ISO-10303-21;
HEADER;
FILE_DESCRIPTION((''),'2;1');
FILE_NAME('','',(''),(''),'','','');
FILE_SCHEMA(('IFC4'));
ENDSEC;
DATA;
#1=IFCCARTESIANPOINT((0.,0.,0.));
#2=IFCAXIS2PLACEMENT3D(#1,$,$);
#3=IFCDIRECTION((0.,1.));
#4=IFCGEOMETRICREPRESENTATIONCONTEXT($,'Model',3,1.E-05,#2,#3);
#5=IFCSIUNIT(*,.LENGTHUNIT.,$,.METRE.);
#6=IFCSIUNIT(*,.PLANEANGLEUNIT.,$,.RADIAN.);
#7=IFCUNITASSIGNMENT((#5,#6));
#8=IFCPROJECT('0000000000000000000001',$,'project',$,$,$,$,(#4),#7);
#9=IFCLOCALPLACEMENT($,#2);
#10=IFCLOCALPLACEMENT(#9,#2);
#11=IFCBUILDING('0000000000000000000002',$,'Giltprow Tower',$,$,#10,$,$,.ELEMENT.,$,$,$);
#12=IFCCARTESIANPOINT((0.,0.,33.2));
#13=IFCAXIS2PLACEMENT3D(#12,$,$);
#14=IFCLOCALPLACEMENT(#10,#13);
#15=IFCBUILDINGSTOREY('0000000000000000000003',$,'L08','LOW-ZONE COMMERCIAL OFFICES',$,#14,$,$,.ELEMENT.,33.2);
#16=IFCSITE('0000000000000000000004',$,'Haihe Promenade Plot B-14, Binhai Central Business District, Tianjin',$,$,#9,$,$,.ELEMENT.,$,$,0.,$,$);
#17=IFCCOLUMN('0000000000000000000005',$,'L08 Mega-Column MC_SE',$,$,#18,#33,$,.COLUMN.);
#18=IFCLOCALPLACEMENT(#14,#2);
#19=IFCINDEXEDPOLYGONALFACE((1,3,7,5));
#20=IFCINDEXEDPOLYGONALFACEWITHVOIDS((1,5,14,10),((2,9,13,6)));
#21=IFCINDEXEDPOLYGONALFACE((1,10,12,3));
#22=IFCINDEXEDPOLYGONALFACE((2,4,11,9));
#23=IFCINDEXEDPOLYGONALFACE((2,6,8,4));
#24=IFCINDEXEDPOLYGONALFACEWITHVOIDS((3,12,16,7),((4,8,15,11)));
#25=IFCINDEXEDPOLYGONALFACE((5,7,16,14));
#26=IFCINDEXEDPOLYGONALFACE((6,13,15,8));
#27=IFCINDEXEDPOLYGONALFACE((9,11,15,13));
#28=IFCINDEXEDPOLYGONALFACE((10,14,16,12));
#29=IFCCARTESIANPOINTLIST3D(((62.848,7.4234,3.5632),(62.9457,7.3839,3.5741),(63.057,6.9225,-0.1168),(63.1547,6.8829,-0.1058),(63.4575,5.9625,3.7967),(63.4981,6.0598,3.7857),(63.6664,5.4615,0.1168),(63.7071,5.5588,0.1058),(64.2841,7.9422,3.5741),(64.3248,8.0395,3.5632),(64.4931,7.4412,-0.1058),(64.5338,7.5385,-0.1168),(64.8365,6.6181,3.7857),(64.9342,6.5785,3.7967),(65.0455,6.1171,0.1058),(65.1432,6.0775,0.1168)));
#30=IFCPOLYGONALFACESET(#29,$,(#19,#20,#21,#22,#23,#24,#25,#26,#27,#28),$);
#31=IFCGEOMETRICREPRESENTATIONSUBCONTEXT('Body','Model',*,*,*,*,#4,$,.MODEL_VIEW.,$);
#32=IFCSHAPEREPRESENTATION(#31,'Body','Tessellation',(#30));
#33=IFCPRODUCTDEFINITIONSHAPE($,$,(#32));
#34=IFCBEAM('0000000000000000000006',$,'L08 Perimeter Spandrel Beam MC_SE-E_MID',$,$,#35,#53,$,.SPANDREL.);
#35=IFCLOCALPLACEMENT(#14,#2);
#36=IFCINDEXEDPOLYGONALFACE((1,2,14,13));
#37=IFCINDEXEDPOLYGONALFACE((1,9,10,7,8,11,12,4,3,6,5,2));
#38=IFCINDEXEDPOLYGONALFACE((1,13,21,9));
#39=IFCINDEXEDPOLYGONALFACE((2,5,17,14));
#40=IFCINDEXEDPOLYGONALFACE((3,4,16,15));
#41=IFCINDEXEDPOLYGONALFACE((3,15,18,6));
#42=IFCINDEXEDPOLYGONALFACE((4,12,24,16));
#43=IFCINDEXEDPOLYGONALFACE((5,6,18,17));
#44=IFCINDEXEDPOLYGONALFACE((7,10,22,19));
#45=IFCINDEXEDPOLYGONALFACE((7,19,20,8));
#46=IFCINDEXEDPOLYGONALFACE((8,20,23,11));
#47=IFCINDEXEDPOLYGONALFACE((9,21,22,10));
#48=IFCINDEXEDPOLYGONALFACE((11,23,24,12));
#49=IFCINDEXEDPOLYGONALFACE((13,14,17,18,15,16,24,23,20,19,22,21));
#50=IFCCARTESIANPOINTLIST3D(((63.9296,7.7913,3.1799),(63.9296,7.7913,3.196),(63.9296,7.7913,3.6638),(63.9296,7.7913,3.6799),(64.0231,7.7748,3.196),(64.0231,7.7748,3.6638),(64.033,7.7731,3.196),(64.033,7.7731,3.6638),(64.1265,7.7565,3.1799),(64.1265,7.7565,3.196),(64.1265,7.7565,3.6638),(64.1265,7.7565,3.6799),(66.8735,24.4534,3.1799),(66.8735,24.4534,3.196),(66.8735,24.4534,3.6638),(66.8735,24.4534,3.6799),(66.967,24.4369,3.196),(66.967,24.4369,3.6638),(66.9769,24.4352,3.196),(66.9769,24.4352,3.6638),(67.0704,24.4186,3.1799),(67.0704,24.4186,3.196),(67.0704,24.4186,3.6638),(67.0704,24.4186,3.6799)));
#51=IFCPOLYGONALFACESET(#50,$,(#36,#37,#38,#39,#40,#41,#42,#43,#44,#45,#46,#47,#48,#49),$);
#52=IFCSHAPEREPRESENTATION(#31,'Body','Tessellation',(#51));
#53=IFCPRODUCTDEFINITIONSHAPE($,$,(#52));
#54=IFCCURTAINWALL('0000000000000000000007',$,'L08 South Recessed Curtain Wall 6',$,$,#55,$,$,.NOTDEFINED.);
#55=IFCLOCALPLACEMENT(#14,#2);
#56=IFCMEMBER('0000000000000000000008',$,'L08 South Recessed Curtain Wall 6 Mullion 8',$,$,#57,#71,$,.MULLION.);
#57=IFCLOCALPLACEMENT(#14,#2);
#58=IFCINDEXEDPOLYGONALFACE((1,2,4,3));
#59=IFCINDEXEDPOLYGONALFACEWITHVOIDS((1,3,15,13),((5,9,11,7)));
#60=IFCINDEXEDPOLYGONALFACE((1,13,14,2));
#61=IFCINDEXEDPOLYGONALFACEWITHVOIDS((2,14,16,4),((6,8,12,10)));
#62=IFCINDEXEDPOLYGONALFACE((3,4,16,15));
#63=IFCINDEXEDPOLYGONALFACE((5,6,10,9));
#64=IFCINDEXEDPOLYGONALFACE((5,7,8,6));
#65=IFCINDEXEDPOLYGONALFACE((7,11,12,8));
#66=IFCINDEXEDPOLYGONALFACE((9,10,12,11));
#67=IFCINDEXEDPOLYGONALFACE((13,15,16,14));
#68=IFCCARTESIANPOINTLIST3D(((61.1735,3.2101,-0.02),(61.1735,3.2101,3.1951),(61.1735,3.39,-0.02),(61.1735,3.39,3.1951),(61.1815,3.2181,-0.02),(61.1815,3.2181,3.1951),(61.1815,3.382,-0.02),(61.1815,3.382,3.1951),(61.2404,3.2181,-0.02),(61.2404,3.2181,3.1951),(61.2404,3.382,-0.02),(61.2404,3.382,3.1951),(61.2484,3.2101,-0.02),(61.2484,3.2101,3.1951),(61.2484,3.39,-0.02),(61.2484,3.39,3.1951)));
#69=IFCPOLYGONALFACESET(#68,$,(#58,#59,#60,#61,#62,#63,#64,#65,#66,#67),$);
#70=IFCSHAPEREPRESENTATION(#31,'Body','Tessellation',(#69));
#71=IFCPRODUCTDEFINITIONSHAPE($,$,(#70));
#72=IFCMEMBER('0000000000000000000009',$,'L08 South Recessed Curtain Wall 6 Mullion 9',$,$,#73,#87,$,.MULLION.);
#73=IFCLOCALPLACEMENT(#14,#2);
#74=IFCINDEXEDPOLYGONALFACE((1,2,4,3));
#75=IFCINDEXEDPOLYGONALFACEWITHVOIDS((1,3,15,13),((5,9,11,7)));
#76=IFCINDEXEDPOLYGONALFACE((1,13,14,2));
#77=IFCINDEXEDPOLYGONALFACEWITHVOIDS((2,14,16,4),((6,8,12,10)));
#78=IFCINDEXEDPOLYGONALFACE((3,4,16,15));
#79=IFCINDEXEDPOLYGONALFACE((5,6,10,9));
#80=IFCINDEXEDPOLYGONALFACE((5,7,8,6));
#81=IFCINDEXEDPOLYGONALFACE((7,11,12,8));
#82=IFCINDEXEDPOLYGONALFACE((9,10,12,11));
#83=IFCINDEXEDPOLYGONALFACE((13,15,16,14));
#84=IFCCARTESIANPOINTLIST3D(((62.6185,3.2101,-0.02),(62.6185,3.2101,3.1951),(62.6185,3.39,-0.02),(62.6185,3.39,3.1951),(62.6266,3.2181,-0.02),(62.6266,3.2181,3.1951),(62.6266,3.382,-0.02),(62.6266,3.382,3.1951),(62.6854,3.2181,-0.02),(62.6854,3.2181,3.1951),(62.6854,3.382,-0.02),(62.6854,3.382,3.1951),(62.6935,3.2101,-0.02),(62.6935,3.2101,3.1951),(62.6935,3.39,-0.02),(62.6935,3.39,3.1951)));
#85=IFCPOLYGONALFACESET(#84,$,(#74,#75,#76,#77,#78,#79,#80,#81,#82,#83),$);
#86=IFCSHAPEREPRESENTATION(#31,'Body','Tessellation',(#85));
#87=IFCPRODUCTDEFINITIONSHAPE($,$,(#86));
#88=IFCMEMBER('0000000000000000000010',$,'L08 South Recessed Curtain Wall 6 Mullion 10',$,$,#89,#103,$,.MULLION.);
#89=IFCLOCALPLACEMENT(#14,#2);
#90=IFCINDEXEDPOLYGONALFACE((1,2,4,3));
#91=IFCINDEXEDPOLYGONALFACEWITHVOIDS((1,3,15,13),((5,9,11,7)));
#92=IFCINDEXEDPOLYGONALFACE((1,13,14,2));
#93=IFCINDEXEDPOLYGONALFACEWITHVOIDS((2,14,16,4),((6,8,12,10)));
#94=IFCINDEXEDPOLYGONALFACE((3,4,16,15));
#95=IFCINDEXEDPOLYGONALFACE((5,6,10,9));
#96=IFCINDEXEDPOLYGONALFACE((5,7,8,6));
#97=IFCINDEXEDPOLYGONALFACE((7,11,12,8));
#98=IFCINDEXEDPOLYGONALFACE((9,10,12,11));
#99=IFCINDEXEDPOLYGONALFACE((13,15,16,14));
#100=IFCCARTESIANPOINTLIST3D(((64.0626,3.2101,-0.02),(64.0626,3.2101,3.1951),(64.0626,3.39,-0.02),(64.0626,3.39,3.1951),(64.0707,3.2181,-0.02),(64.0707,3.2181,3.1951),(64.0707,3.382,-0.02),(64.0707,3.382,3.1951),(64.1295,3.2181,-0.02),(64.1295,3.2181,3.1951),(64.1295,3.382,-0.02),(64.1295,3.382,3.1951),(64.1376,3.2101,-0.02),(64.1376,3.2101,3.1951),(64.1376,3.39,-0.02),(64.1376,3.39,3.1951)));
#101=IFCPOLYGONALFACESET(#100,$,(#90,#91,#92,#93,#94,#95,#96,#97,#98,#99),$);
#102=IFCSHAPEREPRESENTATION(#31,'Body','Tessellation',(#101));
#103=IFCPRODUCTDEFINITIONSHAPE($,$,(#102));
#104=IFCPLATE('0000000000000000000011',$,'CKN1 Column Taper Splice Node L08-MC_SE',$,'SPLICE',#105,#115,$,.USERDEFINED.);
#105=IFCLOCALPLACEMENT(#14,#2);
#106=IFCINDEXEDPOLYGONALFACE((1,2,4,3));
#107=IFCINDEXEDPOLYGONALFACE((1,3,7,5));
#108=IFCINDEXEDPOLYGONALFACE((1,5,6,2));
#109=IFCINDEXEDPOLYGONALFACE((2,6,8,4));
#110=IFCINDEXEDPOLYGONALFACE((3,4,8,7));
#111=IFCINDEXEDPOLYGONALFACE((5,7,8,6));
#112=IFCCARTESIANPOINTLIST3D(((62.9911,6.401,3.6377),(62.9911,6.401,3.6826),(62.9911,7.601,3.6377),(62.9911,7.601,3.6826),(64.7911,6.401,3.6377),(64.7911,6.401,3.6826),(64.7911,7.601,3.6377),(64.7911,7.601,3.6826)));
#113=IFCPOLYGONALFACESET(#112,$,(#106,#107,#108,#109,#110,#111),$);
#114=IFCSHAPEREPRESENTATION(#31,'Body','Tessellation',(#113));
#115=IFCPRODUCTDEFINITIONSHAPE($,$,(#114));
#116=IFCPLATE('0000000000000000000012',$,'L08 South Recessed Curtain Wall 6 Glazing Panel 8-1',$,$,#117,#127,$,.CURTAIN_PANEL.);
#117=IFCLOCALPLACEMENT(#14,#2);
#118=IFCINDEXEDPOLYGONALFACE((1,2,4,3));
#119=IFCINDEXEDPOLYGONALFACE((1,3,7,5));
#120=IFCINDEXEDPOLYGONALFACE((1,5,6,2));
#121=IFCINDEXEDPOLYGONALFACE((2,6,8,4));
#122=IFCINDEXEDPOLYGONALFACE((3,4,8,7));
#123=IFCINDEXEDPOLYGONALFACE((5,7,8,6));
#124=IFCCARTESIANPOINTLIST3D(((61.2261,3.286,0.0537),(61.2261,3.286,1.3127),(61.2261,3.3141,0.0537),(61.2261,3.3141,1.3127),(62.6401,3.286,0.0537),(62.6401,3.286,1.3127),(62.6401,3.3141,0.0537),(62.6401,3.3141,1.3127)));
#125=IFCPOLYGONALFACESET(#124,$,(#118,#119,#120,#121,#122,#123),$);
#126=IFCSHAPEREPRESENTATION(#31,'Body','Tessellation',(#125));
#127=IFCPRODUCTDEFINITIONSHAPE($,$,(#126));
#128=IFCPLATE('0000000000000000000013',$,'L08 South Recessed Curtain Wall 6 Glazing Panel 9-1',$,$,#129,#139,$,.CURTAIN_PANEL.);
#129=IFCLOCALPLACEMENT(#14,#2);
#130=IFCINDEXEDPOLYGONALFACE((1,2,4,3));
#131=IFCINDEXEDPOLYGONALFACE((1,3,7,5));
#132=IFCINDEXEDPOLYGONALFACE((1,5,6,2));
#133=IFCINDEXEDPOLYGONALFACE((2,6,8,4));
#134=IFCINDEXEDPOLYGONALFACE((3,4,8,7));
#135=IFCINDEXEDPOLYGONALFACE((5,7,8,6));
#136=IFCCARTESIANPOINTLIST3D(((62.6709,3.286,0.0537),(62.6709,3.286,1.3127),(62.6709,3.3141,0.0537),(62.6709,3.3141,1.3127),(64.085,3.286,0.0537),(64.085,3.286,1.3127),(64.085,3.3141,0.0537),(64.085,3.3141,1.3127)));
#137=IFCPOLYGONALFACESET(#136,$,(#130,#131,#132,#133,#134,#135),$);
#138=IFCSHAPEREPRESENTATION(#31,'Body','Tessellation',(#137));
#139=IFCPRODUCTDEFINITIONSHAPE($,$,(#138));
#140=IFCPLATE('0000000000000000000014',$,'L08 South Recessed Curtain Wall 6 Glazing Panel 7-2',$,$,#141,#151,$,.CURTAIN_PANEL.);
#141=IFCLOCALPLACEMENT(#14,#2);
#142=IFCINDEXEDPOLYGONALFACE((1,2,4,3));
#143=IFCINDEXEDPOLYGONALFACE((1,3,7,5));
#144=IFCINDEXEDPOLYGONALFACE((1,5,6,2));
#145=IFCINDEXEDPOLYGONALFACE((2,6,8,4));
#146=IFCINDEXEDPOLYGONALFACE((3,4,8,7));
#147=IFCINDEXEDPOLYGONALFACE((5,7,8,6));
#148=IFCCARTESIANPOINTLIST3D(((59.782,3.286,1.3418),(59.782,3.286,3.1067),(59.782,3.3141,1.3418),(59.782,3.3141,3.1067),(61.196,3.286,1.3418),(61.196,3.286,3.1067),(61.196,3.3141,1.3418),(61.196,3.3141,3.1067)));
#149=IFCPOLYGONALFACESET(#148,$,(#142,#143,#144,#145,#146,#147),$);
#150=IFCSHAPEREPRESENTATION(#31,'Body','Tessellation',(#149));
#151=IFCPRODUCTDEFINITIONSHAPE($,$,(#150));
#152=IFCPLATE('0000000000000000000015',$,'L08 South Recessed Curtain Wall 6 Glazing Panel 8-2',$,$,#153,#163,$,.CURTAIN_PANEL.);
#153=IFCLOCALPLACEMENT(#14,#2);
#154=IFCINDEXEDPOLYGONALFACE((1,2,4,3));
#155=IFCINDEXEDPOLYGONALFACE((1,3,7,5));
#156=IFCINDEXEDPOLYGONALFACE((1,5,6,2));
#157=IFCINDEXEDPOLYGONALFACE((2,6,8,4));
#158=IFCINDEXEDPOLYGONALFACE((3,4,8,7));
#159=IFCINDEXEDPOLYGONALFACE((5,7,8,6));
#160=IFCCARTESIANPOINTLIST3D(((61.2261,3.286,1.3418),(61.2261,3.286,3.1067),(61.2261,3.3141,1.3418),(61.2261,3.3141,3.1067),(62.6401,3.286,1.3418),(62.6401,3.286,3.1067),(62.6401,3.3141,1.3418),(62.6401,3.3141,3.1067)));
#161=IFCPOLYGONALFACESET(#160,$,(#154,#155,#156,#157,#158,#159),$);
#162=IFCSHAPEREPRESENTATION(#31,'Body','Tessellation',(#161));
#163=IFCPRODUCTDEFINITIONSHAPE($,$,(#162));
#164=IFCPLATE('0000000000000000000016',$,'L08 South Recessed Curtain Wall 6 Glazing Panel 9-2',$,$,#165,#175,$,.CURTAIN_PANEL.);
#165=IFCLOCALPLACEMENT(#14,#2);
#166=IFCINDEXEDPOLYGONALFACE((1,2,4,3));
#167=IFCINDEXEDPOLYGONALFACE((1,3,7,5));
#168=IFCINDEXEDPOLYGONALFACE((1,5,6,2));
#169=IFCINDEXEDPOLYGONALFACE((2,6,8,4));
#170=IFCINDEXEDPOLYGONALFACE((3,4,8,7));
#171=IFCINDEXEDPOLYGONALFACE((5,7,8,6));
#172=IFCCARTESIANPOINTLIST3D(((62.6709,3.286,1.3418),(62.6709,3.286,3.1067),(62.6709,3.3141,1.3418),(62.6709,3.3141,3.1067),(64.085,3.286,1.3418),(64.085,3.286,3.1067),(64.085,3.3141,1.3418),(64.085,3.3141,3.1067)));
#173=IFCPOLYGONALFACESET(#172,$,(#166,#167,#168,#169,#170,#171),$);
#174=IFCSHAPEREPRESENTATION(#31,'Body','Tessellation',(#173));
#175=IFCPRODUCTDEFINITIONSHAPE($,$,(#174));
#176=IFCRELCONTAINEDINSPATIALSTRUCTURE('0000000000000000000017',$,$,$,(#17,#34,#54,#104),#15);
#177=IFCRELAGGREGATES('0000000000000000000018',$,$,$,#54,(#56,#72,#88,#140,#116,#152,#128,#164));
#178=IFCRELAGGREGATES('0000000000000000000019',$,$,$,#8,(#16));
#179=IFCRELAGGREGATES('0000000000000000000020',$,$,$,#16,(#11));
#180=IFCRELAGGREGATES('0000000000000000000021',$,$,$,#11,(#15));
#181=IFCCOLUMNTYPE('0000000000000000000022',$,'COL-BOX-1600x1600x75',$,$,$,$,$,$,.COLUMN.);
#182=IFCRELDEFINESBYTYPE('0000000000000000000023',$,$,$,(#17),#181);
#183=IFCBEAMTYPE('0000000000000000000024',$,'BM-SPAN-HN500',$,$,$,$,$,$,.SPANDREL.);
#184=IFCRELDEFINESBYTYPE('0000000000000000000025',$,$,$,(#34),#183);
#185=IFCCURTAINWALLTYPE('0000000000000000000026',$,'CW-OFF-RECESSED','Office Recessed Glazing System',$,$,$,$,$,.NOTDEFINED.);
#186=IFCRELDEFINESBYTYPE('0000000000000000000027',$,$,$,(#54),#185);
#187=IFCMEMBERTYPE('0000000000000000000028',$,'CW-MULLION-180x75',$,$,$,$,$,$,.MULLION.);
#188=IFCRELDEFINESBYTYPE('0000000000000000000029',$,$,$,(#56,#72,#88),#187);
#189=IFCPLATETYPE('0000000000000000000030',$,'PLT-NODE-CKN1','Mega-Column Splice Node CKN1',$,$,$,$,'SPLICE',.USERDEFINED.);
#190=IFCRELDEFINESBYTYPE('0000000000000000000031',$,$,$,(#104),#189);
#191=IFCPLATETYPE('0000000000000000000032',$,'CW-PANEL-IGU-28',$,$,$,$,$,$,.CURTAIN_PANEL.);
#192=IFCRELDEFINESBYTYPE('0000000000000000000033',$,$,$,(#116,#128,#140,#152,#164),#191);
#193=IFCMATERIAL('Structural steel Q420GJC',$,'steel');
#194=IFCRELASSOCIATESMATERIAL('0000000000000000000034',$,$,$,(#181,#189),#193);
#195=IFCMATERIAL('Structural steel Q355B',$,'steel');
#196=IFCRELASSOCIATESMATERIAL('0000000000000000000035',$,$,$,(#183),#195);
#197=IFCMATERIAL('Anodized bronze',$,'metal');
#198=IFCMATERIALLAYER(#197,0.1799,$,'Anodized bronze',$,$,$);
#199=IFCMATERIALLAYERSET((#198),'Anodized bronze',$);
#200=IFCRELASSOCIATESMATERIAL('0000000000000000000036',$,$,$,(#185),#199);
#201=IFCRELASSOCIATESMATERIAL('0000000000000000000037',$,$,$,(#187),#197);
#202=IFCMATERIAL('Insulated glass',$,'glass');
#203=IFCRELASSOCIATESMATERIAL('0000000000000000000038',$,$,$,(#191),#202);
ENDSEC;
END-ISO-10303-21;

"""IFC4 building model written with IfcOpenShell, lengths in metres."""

from ifc_helpers import new_model, si_unit, direction, frame, origin, origin_2d, place, context, subcontext, project, spatial, rectangle, hollow_rectangle, i_section, extrude, source, transform, mapped, material, layer, layer_set, material_profile, profile_set, type_object, element, aggregate, save


model = new_model("IFC4")

# Units and contexts
model_context = context("Model", 3, precision=1e-05, world=origin(), true_north=direction((0.0, 1.0)))
body_context = subcontext(model_context, "Body", "Model", "MODEL_VIEW")
ifc_project = project(units=[si_unit("LENGTHUNIT", "METRE"), si_unit("PLANEANGLEUNIT", "RADIAN")], contexts=[model_context])

# Site, building, storey
site_placement = place(None, origin())
site = spatial("IfcSite", under=ifc_project, at=site_placement, Name="Haihe Promenade Plot B-14, Binhai Central Business District, Tianjin", CompositionType="ELEMENT", RefElevation=0.0)
building_placement = place(site_placement, origin())
building = spatial("IfcBuilding", under=site, at=building_placement, Name="Giltprow Tower", CompositionType="ELEMENT")
storey_placement = place(building_placement, frame((0.0, 0.0, 33.2)))
storey = spatial("IfcBuildingStorey", under=building, at=storey_placement, Name="L08", Description="LOW-ZONE COMMERCIAL OFFICES", CompositionType="ELEMENT", Elevation=33.2)

# Column
ifc_material_1 = material(Name="Structural steel Q420GJC", Category="steel")
ifc_material_profile_1 = material_profile(ifc_material_1, hollow_rectangle(XDim=1.6001, YDim=1.6001, WallThickness=0.075, at=origin_2d()), Name="BOX 1600x1600x75")
ifc_profile_set_1 = profile_set([ifc_material_profile_1], Name="Structural steel Q420GJC")
column_type = type_object("IfcColumnType", Name="COL-BOX-1600x1600x75", PredefinedType="COLUMN", material=ifc_profile_set_1)
shared_shape_1 = source(origin(), body_context, "Body", "SweptSolid", [
    extrude(hollow_rectangle(XDim=1.6001, YDim=1.6001, WallThickness=0.075, at=origin_2d()), origin(), (0.0, 0.0, 1.0), 3.7197),
])
column_placement = place(storey_placement, frame((64.1001, 6.5, 0.0), z_axis=(-0.056182, 0.13468, 0.989295), x_axis=(-0.922917, -0.384999, 0.0)))
element("IfcColumn", 1, at=column_placement, inside=storey, type_object=column_type, Name="L08 Mega-Column MC_SE", PredefinedType="COLUMN", context=body_context, shape_type="MappedRepresentation", body=[
    mapped(shared_shape_1, transform((0.0, 0.0, 0.0), x_axis=(1.0, 0.0, 0.0), y_axis=(0.0, 1.0, 0.0), z_axis=(0.0, 0.0, 1.0), scale=1.0)),
])

# Beam
ifc_material_2 = material(Name="Structural steel Q355B", Category="steel")
ifc_material_profile_2 = material_profile(ifc_material_2, i_section(OverallWidth=0.2, OverallDepth=0.5, WebThickness=0.01, FlangeThickness=0.0161, at=origin_2d()), Name="HN 500x200x10x16")
ifc_profile_set_2 = profile_set([ifc_material_profile_2], Name="Structural steel Q355B")
beam_type = type_object("IfcBeamType", Name="BM-SPAN-HN500", PredefinedType="SPANDREL", material=ifc_profile_set_2)
shared_shape_2 = source(origin(), body_context, "Body", "SweptSolid", [
    extrude(i_section(OverallWidth=0.2, OverallDepth=0.5, WebThickness=0.01, FlangeThickness=0.0161, at=origin_2d()), origin(), (0.0, 0.0, 1.0), 16.9202),
])
beam_placement = place(storey_placement, frame((64.0281, 7.7739, 3.4299), z_axis=(0.173985, 0.984748, 0.0), x_axis=(-0.984748, 0.173985, 0.0)))
element("IfcBeam", 2, at=beam_placement, inside=storey, type_object=beam_type, Name="L08 Perimeter Spandrel Beam MC_SE-E_MID", PredefinedType="SPANDREL", context=body_context, shape_type="MappedRepresentation", body=[
    mapped(shared_shape_2, transform((0.0, 0.0, 0.0), x_axis=(1.0, 0.0, 0.0), y_axis=(0.0, 1.0, 0.0), z_axis=(0.0, 0.0, 1.0), scale=1.0)),
])

# Curtain wall, members
ifc_material_3 = material(Name="Anodized bronze", Category="metal")
ifc_layer_1 = layer(ifc_material_3, 0.1799, Name="Anodized bronze")
ifc_layer_set_1 = layer_set([ifc_layer_1], Name="Anodized bronze")
curtain_wall_type = type_object("IfcCurtainWallType", Name="CW-OFF-RECESSED", Description="Office Recessed Glazing System", PredefinedType="NOTDEFINED", material=ifc_layer_set_1)
curtain_wall_placement = place(storey_placement, origin())
curtain_wall = element("IfcCurtainWall", 3, at=curtain_wall_placement, inside=storey, type_object=curtain_wall_type, Name="L08 South Recessed Curtain Wall 6", PredefinedType="NOTDEFINED")
ifc_material_profile_3 = material_profile(ifc_material_3, hollow_rectangle(XDim=0.075, YDim=0.1799, WallThickness=0.0081, at=origin_2d()), Name="RHS 180x75x8")
ifc_profile_set_3 = profile_set([ifc_material_profile_3], Name="Anodized bronze")
member_type = type_object("IfcMemberType", Name="CW-MULLION-180x75", PredefinedType="MULLION", material=ifc_profile_set_3)
shared_shape_3 = source(origin(), body_context, "Body", "SweptSolid", [
    extrude(hollow_rectangle(XDim=0.075, YDim=0.1799, WallThickness=0.0081, at=origin_2d()), origin(), (0.0, 0.0, 1.0), 3.2151),
])
member_1_placement = place(storey_placement, frame((61.2109, 3.3, -0.02), z_axis=(0.0, 0.0, 1.0), x_axis=(1.0, 0.0, 0.0)))
member_1 = element("IfcMember", 4, at=member_1_placement, type_object=member_type, Name="L08 South Recessed Curtain Wall 6 Mullion 8", PredefinedType="MULLION", context=body_context, shape_type="MappedRepresentation", body=[
    mapped(shared_shape_3, transform((0.0, 0.0, 0.0), x_axis=(1.0, 0.0, 0.0), y_axis=(0.0, 1.0, 0.0), z_axis=(0.0, 0.0, 1.0), scale=1.0)),
])
member_2_placement = place(storey_placement, frame((62.656, 3.3, -0.02), z_axis=(0.0, 0.0, 1.0), x_axis=(1.0, 0.0, 0.0)))
member_2 = element("IfcMember", 5, at=member_2_placement, type_object=member_type, Name="L08 South Recessed Curtain Wall 6 Mullion 9", PredefinedType="MULLION", context=body_context, shape_type="MappedRepresentation", body=[
    mapped(shared_shape_3, transform((0.0, 0.0, 0.0), x_axis=(1.0, 0.0, 0.0), y_axis=(0.0, 1.0, 0.0), z_axis=(0.0, 0.0, 1.0), scale=1.0)),
])
member_3_placement = place(storey_placement, frame((64.1001, 3.3, -0.02), z_axis=(0.0, 0.0, 1.0), x_axis=(1.0, 0.0, 0.0)))
member_3 = element("IfcMember", 6, at=member_3_placement, type_object=member_type, Name="L08 South Recessed Curtain Wall 6 Mullion 10", PredefinedType="MULLION", context=body_context, shape_type="MappedRepresentation", body=[
    mapped(shared_shape_3, transform((0.0, 0.0, 0.0), x_axis=(1.0, 0.0, 0.0), y_axis=(0.0, 1.0, 0.0), z_axis=(0.0, 0.0, 1.0), scale=1.0)),
])

# Plates
plate_type_1 = type_object("IfcPlateType", Name="PLT-NODE-CKN1", Description="Mega-Column Splice Node CKN1", ElementType="SPLICE", PredefinedType="USERDEFINED", material=ifc_material_1)
shared_shape_4 = source(origin(), body_context, "Body", "SweptSolid", [
    extrude(rectangle(XDim=1.8, YDim=1.2, at=origin_2d()), origin(), (0.0, 0.0, 1.0), 0.0449),
])
plate_1_placement = place(storey_placement, frame((63.8911, 7.001, 3.6377), z_axis=(0.0, 0.0, 1.0), x_axis=(1.0, 0.0, 0.0)))
element("IfcPlate", 7, at=plate_1_placement, inside=storey, type_object=plate_type_1, Name="CKN1 Column Taper Splice Node L08-MC_SE", ObjectType="SPLICE", PredefinedType="USERDEFINED", context=body_context, shape_type="MappedRepresentation", body=[
    mapped(shared_shape_4, transform((0.0, 0.0, 0.0), x_axis=(1.0, 0.0, 0.0), y_axis=(0.0, 1.0, 0.0), z_axis=(0.0, 0.0, 1.0), scale=1.0)),
])
ifc_material_4 = material(Name="Insulated glass", Category="glass")
plate_type_2 = type_object("IfcPlateType", Name="CW-PANEL-IGU-28", PredefinedType="CURTAIN_PANEL", material=ifc_material_4)
shared_shape_5 = source(origin(), body_context, "Body", "SweptSolid", [
    extrude(rectangle(XDim=1.4141, YDim=0.0281, at=origin_2d()), origin(), (0.0, 0.0, 1.0), 1.259),
])
plate_2_placement = place(storey_placement, frame((61.9331, 3.3, 0.0537), z_axis=(0.0, 0.0, 1.0), x_axis=(1.0, 0.0, 0.0)))
plate_2 = element("IfcPlate", 8, at=plate_2_placement, type_object=plate_type_2, Name="L08 South Recessed Curtain Wall 6 Glazing Panel 8-1", PredefinedType="CURTAIN_PANEL", context=body_context, shape_type="MappedRepresentation", body=[
    mapped(shared_shape_5, transform((0.0, 0.0, 0.0), x_axis=(1.0, 0.0, 0.0), y_axis=(0.0, 1.0, 0.0), z_axis=(0.0, 0.0, 1.0), scale=1.0)),
])
plate_3_placement = place(storey_placement, frame((63.3779, 3.3, 0.0537), z_axis=(0.0, 0.0, 1.0), x_axis=(1.0, 0.0, 0.0)))
plate_3 = element("IfcPlate", 9, at=plate_3_placement, type_object=plate_type_2, Name="L08 South Recessed Curtain Wall 6 Glazing Panel 9-1", PredefinedType="CURTAIN_PANEL", context=body_context, shape_type="MappedRepresentation", body=[
    mapped(shared_shape_5, transform((0.0, 0.0, 0.0), x_axis=(1.0, 0.0, 0.0), y_axis=(0.0, 1.0, 0.0), z_axis=(0.0, 0.0, 1.0), scale=1.0)),
])
shared_shape_6 = source(origin(), body_context, "Body", "SweptSolid", [
    extrude(rectangle(XDim=1.4141, YDim=0.0281, at=origin_2d()), origin(), (0.0, 0.0, 1.0), 1.7649),
])
plate_4_placement = place(storey_placement, frame((60.489, 3.3, 1.3418), z_axis=(0.0, 0.0, 1.0), x_axis=(1.0, 0.0, 0.0)))
plate_4 = element("IfcPlate", 10, at=plate_4_placement, type_object=plate_type_2, Name="L08 South Recessed Curtain Wall 6 Glazing Panel 7-2", PredefinedType="CURTAIN_PANEL", context=body_context, shape_type="MappedRepresentation", body=[
    mapped(shared_shape_6, transform((0.0, 0.0, 0.0), x_axis=(1.0, 0.0, 0.0), y_axis=(0.0, 1.0, 0.0), z_axis=(0.0, 0.0, 1.0), scale=1.0)),
])
plate_5_placement = place(storey_placement, frame((61.9331, 3.3, 1.3418), z_axis=(0.0, 0.0, 1.0), x_axis=(1.0, 0.0, 0.0)))
plate_5 = element("IfcPlate", 11, at=plate_5_placement, type_object=plate_type_2, Name="L08 South Recessed Curtain Wall 6 Glazing Panel 8-2", PredefinedType="CURTAIN_PANEL", context=body_context, shape_type="MappedRepresentation", body=[
    mapped(shared_shape_6, transform((0.0, 0.0, 0.0), x_axis=(1.0, 0.0, 0.0), y_axis=(0.0, 1.0, 0.0), z_axis=(0.0, 0.0, 1.0), scale=1.0)),
])
plate_6_placement = place(storey_placement, frame((63.3779, 3.3, 1.3418), z_axis=(0.0, 0.0, 1.0), x_axis=(1.0, 0.0, 0.0)))
plate_6 = element("IfcPlate", 12, at=plate_6_placement, type_object=plate_type_2, Name="L08 South Recessed Curtain Wall 6 Glazing Panel 9-2", PredefinedType="CURTAIN_PANEL", context=body_context, shape_type="MappedRepresentation", body=[
    mapped(shared_shape_6, transform((0.0, 0.0, 0.0), x_axis=(1.0, 0.0, 0.0), y_axis=(0.0, 1.0, 0.0), z_axis=(0.0, 0.0, 1.0), scale=1.0)),
])
aggregate(curtain_wall, [member_1, member_2, member_3, plate_4, plate_2, plate_5, plate_3, plate_6])

save(model, "model.ifc")
